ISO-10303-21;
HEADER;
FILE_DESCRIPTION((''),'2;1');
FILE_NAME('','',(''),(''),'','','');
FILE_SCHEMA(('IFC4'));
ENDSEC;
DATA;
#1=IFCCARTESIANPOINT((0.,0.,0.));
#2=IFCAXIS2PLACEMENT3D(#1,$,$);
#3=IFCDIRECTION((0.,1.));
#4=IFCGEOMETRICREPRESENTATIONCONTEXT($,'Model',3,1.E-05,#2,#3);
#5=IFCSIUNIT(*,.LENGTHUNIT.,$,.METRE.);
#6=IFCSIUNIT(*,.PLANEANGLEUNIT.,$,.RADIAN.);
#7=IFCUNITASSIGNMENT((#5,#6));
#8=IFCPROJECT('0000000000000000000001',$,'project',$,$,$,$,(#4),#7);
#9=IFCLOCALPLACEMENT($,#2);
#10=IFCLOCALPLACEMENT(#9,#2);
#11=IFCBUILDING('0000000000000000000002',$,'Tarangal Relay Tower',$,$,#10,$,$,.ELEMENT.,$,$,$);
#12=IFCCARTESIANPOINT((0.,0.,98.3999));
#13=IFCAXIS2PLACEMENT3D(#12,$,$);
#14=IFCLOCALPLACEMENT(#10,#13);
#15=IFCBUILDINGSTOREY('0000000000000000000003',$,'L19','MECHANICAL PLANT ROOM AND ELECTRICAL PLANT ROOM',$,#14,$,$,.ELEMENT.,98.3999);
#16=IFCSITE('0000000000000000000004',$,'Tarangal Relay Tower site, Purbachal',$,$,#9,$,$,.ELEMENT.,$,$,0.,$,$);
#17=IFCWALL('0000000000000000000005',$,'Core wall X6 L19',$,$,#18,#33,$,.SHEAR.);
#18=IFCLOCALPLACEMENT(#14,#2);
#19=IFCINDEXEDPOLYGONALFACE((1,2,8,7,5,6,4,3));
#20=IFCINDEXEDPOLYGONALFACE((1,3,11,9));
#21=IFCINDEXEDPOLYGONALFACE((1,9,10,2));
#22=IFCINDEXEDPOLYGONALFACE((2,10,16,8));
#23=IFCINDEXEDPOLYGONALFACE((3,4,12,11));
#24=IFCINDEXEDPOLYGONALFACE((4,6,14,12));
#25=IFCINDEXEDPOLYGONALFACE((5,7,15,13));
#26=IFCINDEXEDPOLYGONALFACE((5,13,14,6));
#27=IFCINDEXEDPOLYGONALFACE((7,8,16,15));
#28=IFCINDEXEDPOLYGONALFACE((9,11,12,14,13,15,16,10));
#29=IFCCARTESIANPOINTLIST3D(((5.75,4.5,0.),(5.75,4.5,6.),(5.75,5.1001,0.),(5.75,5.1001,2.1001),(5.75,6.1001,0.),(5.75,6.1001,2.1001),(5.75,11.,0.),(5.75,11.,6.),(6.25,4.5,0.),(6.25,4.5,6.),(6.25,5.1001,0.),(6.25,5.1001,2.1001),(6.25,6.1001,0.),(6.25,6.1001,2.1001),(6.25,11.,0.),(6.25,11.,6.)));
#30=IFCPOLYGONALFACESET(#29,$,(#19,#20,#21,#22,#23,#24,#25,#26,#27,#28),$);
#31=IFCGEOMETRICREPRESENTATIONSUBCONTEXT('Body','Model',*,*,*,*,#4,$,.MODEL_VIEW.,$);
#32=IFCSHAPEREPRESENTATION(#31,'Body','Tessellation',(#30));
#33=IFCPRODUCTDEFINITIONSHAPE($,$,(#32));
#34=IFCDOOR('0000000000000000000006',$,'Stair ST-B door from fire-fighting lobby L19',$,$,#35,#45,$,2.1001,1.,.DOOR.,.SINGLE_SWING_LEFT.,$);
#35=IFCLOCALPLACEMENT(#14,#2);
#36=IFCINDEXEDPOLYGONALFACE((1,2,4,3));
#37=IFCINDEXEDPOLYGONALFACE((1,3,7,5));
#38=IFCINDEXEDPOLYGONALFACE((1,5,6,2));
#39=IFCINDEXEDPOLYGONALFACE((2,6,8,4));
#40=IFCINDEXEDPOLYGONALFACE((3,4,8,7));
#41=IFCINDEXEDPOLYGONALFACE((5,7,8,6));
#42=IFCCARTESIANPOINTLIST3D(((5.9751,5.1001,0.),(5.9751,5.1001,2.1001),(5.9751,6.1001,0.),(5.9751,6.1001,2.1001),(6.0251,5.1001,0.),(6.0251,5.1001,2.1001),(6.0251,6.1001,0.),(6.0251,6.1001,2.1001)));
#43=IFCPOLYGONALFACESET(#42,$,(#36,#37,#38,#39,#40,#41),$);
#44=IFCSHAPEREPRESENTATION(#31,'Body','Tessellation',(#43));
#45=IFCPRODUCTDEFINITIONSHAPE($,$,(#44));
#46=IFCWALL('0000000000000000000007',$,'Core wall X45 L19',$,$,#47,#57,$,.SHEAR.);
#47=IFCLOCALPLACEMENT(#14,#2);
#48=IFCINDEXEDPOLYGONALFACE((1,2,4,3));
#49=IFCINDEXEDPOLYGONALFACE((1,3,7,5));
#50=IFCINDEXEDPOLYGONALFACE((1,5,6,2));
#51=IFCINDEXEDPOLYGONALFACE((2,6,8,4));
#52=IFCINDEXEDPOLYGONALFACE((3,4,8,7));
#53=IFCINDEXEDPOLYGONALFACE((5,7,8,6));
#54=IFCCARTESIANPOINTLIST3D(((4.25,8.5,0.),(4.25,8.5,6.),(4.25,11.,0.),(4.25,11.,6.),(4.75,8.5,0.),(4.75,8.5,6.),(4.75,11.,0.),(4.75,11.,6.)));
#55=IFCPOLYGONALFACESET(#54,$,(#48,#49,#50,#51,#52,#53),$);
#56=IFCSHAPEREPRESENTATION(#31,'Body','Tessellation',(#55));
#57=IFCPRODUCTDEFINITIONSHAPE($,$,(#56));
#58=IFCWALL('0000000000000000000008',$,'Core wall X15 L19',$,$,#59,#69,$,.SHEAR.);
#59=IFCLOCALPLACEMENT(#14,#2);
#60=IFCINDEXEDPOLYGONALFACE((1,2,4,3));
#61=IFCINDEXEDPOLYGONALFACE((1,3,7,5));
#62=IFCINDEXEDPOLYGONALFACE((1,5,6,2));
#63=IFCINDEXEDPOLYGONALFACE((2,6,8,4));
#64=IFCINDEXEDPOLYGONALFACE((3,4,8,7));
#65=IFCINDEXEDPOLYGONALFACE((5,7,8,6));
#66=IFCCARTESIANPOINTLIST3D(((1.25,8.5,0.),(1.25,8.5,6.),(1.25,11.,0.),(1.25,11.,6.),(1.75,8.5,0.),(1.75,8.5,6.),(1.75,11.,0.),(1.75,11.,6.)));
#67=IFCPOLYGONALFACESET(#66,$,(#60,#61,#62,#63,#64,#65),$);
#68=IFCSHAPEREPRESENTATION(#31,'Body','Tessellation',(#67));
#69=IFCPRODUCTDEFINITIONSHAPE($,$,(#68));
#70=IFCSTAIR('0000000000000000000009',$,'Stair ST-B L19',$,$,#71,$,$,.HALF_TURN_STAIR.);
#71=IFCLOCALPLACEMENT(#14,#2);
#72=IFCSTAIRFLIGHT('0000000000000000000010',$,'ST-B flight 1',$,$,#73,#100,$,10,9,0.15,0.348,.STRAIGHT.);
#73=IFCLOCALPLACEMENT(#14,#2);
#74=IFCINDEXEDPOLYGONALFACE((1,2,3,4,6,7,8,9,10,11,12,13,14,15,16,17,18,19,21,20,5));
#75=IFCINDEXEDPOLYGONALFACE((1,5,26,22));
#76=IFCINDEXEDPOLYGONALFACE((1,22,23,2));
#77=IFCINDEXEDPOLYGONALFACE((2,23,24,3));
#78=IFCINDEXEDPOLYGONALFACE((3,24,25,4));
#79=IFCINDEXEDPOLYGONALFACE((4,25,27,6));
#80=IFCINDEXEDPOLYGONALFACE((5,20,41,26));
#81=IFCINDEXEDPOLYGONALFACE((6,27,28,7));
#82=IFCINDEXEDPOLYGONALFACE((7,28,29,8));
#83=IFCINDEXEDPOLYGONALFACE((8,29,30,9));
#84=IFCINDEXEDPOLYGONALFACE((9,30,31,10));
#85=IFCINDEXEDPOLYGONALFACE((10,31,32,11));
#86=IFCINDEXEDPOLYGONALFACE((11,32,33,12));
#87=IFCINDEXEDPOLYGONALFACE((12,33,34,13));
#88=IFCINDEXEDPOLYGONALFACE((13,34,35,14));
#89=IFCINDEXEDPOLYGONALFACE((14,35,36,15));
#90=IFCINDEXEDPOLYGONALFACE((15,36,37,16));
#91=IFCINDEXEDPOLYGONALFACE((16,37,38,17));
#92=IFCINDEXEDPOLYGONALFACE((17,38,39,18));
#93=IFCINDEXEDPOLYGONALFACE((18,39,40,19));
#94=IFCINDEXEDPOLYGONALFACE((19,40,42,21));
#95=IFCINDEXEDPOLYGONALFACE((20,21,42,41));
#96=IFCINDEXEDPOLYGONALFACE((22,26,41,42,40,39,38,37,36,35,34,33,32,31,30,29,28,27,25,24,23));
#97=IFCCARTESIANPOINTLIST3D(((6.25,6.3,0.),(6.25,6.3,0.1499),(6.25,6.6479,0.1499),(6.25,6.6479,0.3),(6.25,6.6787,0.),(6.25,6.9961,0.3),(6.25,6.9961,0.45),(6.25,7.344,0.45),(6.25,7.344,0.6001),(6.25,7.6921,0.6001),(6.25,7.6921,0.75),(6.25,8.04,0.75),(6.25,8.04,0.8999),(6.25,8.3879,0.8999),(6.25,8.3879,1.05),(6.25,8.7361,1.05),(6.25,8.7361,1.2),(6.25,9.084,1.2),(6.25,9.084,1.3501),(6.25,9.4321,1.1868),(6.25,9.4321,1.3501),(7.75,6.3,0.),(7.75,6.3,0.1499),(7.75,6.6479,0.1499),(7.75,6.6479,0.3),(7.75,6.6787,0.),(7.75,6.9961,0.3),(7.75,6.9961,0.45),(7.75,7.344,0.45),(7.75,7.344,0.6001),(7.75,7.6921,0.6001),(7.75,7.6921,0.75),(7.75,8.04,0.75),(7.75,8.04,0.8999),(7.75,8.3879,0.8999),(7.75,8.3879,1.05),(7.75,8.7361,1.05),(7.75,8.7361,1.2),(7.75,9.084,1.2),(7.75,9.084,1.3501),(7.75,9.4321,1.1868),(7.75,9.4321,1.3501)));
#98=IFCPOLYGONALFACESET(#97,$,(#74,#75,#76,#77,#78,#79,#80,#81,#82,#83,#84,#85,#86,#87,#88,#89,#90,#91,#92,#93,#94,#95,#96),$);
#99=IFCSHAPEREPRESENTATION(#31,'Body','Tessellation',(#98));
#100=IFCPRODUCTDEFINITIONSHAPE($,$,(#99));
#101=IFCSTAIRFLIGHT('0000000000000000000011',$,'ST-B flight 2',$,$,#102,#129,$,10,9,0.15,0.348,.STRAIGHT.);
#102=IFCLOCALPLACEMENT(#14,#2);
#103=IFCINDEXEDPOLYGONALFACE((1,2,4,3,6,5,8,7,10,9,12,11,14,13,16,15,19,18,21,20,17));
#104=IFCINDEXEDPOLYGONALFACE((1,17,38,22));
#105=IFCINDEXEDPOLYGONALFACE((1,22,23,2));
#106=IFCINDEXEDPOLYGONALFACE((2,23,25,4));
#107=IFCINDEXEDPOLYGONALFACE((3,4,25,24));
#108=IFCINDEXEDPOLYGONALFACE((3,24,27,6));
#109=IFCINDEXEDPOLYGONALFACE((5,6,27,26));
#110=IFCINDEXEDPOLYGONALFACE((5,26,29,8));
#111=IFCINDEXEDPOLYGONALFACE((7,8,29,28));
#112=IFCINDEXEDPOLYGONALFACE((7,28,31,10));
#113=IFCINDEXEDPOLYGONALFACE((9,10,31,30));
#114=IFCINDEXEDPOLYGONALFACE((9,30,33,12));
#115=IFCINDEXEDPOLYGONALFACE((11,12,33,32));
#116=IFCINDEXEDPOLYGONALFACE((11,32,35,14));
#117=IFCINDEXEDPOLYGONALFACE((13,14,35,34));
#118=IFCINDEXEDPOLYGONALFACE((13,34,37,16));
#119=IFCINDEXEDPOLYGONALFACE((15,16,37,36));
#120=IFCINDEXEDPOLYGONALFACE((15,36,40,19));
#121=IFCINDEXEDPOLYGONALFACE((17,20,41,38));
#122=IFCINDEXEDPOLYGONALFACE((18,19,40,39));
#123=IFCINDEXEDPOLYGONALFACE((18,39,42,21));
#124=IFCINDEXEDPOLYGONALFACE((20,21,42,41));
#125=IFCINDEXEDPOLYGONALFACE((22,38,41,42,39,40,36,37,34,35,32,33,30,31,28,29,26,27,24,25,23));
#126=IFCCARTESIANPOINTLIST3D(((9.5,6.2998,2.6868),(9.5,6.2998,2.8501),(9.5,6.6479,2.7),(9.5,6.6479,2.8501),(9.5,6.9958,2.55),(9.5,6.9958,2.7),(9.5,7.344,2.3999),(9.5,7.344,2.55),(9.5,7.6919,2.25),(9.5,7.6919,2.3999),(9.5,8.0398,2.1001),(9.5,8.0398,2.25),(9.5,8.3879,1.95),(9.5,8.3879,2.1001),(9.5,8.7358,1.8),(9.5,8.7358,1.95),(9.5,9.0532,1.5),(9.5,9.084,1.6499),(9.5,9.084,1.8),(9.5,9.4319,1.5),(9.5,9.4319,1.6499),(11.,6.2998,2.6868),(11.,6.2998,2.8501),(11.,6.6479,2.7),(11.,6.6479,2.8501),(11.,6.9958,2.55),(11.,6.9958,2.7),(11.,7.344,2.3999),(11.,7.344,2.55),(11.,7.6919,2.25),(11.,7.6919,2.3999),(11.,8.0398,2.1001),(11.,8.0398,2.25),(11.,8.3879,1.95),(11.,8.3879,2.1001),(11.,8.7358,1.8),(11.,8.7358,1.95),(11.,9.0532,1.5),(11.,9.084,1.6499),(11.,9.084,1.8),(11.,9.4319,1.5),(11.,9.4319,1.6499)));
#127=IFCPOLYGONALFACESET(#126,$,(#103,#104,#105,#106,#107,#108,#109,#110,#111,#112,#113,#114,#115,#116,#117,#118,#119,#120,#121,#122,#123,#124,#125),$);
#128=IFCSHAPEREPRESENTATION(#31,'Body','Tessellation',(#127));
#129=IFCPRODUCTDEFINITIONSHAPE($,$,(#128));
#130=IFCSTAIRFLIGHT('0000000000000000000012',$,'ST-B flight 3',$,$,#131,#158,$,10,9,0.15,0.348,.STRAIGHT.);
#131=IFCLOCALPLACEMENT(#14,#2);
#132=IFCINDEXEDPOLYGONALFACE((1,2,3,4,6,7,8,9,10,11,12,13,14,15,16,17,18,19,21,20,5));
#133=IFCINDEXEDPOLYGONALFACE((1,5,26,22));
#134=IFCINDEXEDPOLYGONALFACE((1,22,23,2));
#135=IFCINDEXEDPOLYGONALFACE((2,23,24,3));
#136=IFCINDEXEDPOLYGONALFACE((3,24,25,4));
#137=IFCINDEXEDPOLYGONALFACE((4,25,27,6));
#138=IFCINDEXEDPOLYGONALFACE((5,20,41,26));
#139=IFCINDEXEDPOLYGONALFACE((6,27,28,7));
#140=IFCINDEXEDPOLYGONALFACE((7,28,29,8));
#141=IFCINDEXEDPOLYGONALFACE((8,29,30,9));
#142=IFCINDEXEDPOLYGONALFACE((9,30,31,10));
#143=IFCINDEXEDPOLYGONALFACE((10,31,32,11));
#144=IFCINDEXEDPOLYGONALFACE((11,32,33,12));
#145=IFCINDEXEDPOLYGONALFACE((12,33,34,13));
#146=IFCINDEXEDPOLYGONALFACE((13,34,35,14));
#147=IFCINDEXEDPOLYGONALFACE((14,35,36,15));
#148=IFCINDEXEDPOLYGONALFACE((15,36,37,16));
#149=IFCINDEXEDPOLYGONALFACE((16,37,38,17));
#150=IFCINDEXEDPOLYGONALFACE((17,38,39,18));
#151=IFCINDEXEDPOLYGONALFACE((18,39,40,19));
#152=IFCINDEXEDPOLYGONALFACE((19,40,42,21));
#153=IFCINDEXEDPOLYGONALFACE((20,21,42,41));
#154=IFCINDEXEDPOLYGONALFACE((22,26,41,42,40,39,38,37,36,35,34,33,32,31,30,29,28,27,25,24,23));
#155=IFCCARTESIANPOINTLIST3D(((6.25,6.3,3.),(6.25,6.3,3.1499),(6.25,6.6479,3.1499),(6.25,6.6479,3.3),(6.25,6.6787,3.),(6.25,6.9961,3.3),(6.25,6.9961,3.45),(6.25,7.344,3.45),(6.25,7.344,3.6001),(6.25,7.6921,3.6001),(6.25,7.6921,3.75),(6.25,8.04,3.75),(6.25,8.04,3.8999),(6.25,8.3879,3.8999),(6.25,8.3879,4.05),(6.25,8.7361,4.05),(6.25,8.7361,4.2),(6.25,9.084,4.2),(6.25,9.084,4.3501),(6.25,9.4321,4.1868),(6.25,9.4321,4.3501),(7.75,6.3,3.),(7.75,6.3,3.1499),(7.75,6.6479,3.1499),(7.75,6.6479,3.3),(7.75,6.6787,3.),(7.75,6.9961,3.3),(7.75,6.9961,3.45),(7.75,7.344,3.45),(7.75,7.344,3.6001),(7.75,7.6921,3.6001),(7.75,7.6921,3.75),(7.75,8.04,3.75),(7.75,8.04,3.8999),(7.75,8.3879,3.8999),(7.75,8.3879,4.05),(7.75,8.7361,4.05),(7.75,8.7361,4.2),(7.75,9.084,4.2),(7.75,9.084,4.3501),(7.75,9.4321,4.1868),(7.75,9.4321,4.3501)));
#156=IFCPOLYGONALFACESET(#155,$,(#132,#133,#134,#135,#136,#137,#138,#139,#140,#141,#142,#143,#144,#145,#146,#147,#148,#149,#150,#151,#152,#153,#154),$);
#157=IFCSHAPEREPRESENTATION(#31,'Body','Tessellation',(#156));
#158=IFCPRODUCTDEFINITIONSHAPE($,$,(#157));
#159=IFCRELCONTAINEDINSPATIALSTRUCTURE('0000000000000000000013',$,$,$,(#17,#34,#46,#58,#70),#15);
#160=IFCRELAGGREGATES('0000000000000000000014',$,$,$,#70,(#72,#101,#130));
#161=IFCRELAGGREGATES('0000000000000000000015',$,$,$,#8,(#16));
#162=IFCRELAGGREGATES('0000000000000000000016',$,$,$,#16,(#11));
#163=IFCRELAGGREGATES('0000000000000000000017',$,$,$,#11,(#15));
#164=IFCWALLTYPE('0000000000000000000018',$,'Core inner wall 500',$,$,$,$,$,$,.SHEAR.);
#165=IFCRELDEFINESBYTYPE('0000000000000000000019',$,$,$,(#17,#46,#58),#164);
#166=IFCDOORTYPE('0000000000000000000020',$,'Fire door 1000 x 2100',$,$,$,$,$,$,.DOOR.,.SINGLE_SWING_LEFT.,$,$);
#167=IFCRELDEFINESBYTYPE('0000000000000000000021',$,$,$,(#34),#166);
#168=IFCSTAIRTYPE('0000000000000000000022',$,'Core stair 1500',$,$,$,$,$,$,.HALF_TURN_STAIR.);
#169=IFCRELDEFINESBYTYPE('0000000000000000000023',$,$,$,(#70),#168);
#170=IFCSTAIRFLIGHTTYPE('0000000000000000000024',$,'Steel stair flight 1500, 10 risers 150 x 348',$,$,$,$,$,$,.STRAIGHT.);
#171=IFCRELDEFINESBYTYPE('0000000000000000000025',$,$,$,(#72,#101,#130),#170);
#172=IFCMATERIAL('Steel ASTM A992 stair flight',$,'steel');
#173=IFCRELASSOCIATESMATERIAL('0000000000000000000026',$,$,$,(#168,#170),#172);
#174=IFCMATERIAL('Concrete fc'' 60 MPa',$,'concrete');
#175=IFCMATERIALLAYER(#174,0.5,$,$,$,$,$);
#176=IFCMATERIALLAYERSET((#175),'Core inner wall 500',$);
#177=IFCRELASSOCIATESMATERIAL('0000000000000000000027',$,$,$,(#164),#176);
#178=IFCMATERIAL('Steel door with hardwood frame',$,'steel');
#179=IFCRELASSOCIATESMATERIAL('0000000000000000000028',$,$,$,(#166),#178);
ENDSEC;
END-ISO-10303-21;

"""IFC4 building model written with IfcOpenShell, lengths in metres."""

from ifc_helpers import new_model, si_unit, direction, frame, frame_2d, origin, place, context, subcontext, project, spatial, polyline, rectangle, outline, extrude, material, layer, layer_set, type_object, element, fill, aggregate, save


model = new_model("IFC4")

# Units and contexts
model_context = context("Model", 3, precision=1e-05, world=origin(), true_north=direction((0.0, 1.0)))
body_context = subcontext(model_context, "Body", "Model", "MODEL_VIEW")
ifc_project = project(units=[si_unit("LENGTHUNIT", "METRE"), si_unit("PLANEANGLEUNIT", "RADIAN")], contexts=[model_context])

# Site, building, storey
site_placement = place(None, origin())
site = spatial("IfcSite", under=ifc_project, at=site_placement, Name="Tarangal Relay Tower site, Purbachal", CompositionType="ELEMENT", RefElevation=0.0)
building_placement = place(site_placement, origin())
building = spatial("IfcBuilding", under=site, at=building_placement, Name="Tarangal Relay Tower", CompositionType="ELEMENT")
storey_placement = place(building_placement, frame((0.0, 0.0, 98.3999)))
storey = spatial("IfcBuildingStorey", under=building, at=storey_placement, Name="L19", Description="MECHANICAL PLANT ROOM AND ELECTRICAL PLANT ROOM", CompositionType="ELEMENT", Elevation=98.3999)

# Shared definitions
ifc_material_1 = material(Name="Steel ASTM A992 stair flight", Category="steel")
stair_type = type_object("IfcStairType", Name="Core stair 1500", PredefinedType="HALF_TURN_STAIR", material=ifc_material_1)

# Shared definitions
ifc_material_2 = material(Name="Concrete fc' 60 MPa", Category="concrete")
ifc_layer_1 = layer(ifc_material_2, 0.5)
ifc_layer_set_1 = layer_set([ifc_layer_1], Name="Core inner wall 500")
wall_type = type_object("IfcWallType", Name="Core inner wall 500", PredefinedType="SHEAR", material=ifc_layer_set_1)

# Wall, opening, door
wall_placement = place(storey_placement, frame((6.0, 4.5, 0.0), z_axis=(0.0, 0.0, 1.0), x_axis=(0.0, 1.0, 0.0)))
wall = element("IfcWall", 1, at=wall_placement, inside=storey, type_object=wall_type, Name="Core wall X6 L19", PredefinedType="SHEAR", context=body_context, shape_type="SweptSolid", body=[
    extrude(rectangle(XDim=6.5, YDim=0.5, at=frame_2d((3.25, 0.0))), origin(), (0.0, 0.0, 1.0), 6.0),
])
opening_placement = place(wall_placement, frame((0.6001, 0.0, 0.0)))
opening = element("IfcOpeningElement", 2, at=opening_placement, cuts=wall, PredefinedType="OPENING", context=body_context, shape_type="SweptSolid", body=[
    extrude(rectangle(XDim=1.0, YDim=2.1001, at=frame_2d((0.5, 1.05))), frame((0.0, 0.26, 0.0), z_axis=(0.0, -1.0, 0.0), x_axis=(1.0, 0.0, 0.0)), (0.0, 0.0, 1.0), 0.52),
])
ifc_material_3 = material(Name="Steel door with hardwood frame", Category="steel")
door_type = type_object("IfcDoorType", Name="Fire door 1000 x 2100", OperationType="SINGLE_SWING_LEFT", PredefinedType="DOOR", material=ifc_material_3)
door_placement = place(opening_placement, origin())
door = element("IfcDoor", 3, at=door_placement, inside=storey, type_object=door_type, Name="Stair ST-B door from fire-fighting lobby L19", OperationType="SINGLE_SWING_LEFT", OverallHeight=2.1001, OverallWidth=1.0, PredefinedType="DOOR", context=body_context, shape_type="SweptSolid", body=[
    extrude(rectangle(XDim=1.0, YDim=2.1001, at=frame_2d((0.5, 1.05))), frame((0.0, 0.0249, 0.0), z_axis=(0.0, -1.0, 0.0), x_axis=(1.0, 0.0, 0.0)), (0.0, 0.0, 1.0), 0.05),
])
fill(opening, door)

# Walls
for number, where, z_axis, x_axis, name in (
    (4, (4.5, 8.5, 0.0), (0.0, 0.0, 1.0), (0.0, 1.0, 0.0), "Core wall X45 L19"),
    (5, (1.5, 8.5, 0.0), (0.0, 0.0, 1.0), (0.0, 1.0, 0.0), "Core wall X15 L19"),
):
    element("IfcWall", number, at=place(storey_placement, frame(where, z_axis=z_axis, x_axis=x_axis)), inside=storey, type_object=wall_type, Name=name, PredefinedType="SHEAR", context=body_context, shape_type="SweptSolid", body=[
        extrude(rectangle(XDim=2.5, YDim=0.5, at=frame_2d((1.25, 0.0))), origin(), (0.0, 0.0, 1.0), 6.0),
    ])

# Stair, stair flights
stair_1_placement = place(storey_placement, origin())
stair_1 = element("IfcStair", 6, at=stair_1_placement, inside=storey, type_object=stair_type, Name="Stair ST-B L19", PredefinedType="HALF_TURN_STAIR")
stair_flight_type = type_object("IfcStairFlightType", Name="Steel stair flight 1500, 10 risers 150 x 348", PredefinedType="STRAIGHT", material=ifc_material_1)
stair_flight_1_placement = place(storey_placement, frame((7.0, 6.3, 0.0), z_axis=(0.0, 0.0, 1.0), x_axis=(0.0, 1.0, 0.0)))
stair_flight_1 = element("IfcStairFlight", 7, at=stair_flight_1_placement, type_object=stair_flight_type, Name="ST-B flight 1", NumberOfRisers=10, NumberOfTreads=9, PredefinedType="STRAIGHT", RiserHeight=0.15, TreadLength=0.348, context=body_context, shape_type="SweptSolid", body=[
    extrude(outline(polyline([(0.0, 0.0), (0.0, 0.1499), (0.3479, 0.1499), (0.3479, 0.3), (0.696, 0.3), (0.696, 0.45), (1.0439, 0.45), (1.0439, 0.6001), (1.3921, 0.6001), (1.3921, 0.75), (1.74, 0.75), (1.74, 0.8999), (2.0879, 0.8999), (2.0879, 1.05), (2.436, 1.05), (2.436, 1.2), (2.7839, 1.2), (2.7839, 1.3501), (3.1321, 1.3501), (3.1321, 1.5), (3.1321, 1.1868), (0.3787, 0.0), (0.0, 0.0)])), frame((0.0, 0.75, 0.0), z_axis=(0.0, -1.0, 0.0), x_axis=(1.0, 0.0, 0.0)), (0.0, 0.0, 1.0), 1.5),
])
stair_flight_2_placement = place(storey_placement, frame((10.25, 9.4319, 1.5), z_axis=(0.0, 0.0, 1.0), x_axis=(0.0, -1.0, 0.0)))
stair_flight_2 = element("IfcStairFlight", 8, at=stair_flight_2_placement, type_object=stair_flight_type, Name="ST-B flight 2", NumberOfRisers=10, NumberOfTreads=9, PredefinedType="STRAIGHT", RiserHeight=0.15, TreadLength=0.348, context=body_context, shape_type="SweptSolid", body=[
    extrude(outline(polyline([(0.0, 0.0), (0.0, 0.1499), (0.3479, 0.1499), (0.3479, 0.3), (0.696, 0.3), (0.696, 0.45), (1.0439, 0.45), (1.0439, 0.6001), (1.3921, 0.6001), (1.3921, 0.75), (1.74, 0.75), (1.74, 0.8999), (2.0879, 0.8999), (2.0879, 1.05), (2.436, 1.05), (2.436, 1.2), (2.7839, 1.2), (2.7839, 1.3501), (3.1321, 1.3501), (3.1321, 1.5), (3.1321, 1.1868), (0.3787, 0.0), (0.0, 0.0)])), frame((0.0, 0.75, 0.0), z_axis=(0.0, -1.0, 0.0), x_axis=(1.0, 0.0, 0.0)), (0.0, 0.0, 1.0), 1.5),
])
stair_flight_3_placement = place(storey_placement, frame((7.0, 6.3, 3.0), z_axis=(0.0, 0.0, 1.0), x_axis=(0.0, 1.0, 0.0)))
stair_flight_3 = element("IfcStairFlight", 9, at=stair_flight_3_placement, type_object=stair_flight_type, Name="ST-B flight 3", NumberOfRisers=10, NumberOfTreads=9, PredefinedType="STRAIGHT", RiserHeight=0.15, TreadLength=0.348, context=body_context, shape_type="SweptSolid", body=[
    extrude(outline(polyline([(0.0, 0.0), (0.0, 0.1499), (0.3479, 0.1499), (0.3479, 0.3), (0.696, 0.3), (0.696, 0.45), (1.0439, 0.45), (1.0439, 0.6001), (1.3921, 0.6001), (1.3921, 0.75), (1.74, 0.75), (1.74, 0.8999), (2.0879, 0.8999), (2.0879, 1.05), (2.436, 1.05), (2.436, 1.2), (2.7839, 1.2), (2.7839, 1.3501), (3.1321, 1.3501), (3.1321, 1.5), (3.1321, 1.1868), (0.3787, 0.0), (0.0, 0.0)])), frame((0.0, 0.75, 0.0), z_axis=(0.0, -1.0, 0.0), x_axis=(1.0, 0.0, 0.0)), (0.0, 0.0, 1.0), 1.5),
])
aggregate(stair_1, [stair_flight_1, stair_flight_2, stair_flight_3])

save(model, "model.ifc")
